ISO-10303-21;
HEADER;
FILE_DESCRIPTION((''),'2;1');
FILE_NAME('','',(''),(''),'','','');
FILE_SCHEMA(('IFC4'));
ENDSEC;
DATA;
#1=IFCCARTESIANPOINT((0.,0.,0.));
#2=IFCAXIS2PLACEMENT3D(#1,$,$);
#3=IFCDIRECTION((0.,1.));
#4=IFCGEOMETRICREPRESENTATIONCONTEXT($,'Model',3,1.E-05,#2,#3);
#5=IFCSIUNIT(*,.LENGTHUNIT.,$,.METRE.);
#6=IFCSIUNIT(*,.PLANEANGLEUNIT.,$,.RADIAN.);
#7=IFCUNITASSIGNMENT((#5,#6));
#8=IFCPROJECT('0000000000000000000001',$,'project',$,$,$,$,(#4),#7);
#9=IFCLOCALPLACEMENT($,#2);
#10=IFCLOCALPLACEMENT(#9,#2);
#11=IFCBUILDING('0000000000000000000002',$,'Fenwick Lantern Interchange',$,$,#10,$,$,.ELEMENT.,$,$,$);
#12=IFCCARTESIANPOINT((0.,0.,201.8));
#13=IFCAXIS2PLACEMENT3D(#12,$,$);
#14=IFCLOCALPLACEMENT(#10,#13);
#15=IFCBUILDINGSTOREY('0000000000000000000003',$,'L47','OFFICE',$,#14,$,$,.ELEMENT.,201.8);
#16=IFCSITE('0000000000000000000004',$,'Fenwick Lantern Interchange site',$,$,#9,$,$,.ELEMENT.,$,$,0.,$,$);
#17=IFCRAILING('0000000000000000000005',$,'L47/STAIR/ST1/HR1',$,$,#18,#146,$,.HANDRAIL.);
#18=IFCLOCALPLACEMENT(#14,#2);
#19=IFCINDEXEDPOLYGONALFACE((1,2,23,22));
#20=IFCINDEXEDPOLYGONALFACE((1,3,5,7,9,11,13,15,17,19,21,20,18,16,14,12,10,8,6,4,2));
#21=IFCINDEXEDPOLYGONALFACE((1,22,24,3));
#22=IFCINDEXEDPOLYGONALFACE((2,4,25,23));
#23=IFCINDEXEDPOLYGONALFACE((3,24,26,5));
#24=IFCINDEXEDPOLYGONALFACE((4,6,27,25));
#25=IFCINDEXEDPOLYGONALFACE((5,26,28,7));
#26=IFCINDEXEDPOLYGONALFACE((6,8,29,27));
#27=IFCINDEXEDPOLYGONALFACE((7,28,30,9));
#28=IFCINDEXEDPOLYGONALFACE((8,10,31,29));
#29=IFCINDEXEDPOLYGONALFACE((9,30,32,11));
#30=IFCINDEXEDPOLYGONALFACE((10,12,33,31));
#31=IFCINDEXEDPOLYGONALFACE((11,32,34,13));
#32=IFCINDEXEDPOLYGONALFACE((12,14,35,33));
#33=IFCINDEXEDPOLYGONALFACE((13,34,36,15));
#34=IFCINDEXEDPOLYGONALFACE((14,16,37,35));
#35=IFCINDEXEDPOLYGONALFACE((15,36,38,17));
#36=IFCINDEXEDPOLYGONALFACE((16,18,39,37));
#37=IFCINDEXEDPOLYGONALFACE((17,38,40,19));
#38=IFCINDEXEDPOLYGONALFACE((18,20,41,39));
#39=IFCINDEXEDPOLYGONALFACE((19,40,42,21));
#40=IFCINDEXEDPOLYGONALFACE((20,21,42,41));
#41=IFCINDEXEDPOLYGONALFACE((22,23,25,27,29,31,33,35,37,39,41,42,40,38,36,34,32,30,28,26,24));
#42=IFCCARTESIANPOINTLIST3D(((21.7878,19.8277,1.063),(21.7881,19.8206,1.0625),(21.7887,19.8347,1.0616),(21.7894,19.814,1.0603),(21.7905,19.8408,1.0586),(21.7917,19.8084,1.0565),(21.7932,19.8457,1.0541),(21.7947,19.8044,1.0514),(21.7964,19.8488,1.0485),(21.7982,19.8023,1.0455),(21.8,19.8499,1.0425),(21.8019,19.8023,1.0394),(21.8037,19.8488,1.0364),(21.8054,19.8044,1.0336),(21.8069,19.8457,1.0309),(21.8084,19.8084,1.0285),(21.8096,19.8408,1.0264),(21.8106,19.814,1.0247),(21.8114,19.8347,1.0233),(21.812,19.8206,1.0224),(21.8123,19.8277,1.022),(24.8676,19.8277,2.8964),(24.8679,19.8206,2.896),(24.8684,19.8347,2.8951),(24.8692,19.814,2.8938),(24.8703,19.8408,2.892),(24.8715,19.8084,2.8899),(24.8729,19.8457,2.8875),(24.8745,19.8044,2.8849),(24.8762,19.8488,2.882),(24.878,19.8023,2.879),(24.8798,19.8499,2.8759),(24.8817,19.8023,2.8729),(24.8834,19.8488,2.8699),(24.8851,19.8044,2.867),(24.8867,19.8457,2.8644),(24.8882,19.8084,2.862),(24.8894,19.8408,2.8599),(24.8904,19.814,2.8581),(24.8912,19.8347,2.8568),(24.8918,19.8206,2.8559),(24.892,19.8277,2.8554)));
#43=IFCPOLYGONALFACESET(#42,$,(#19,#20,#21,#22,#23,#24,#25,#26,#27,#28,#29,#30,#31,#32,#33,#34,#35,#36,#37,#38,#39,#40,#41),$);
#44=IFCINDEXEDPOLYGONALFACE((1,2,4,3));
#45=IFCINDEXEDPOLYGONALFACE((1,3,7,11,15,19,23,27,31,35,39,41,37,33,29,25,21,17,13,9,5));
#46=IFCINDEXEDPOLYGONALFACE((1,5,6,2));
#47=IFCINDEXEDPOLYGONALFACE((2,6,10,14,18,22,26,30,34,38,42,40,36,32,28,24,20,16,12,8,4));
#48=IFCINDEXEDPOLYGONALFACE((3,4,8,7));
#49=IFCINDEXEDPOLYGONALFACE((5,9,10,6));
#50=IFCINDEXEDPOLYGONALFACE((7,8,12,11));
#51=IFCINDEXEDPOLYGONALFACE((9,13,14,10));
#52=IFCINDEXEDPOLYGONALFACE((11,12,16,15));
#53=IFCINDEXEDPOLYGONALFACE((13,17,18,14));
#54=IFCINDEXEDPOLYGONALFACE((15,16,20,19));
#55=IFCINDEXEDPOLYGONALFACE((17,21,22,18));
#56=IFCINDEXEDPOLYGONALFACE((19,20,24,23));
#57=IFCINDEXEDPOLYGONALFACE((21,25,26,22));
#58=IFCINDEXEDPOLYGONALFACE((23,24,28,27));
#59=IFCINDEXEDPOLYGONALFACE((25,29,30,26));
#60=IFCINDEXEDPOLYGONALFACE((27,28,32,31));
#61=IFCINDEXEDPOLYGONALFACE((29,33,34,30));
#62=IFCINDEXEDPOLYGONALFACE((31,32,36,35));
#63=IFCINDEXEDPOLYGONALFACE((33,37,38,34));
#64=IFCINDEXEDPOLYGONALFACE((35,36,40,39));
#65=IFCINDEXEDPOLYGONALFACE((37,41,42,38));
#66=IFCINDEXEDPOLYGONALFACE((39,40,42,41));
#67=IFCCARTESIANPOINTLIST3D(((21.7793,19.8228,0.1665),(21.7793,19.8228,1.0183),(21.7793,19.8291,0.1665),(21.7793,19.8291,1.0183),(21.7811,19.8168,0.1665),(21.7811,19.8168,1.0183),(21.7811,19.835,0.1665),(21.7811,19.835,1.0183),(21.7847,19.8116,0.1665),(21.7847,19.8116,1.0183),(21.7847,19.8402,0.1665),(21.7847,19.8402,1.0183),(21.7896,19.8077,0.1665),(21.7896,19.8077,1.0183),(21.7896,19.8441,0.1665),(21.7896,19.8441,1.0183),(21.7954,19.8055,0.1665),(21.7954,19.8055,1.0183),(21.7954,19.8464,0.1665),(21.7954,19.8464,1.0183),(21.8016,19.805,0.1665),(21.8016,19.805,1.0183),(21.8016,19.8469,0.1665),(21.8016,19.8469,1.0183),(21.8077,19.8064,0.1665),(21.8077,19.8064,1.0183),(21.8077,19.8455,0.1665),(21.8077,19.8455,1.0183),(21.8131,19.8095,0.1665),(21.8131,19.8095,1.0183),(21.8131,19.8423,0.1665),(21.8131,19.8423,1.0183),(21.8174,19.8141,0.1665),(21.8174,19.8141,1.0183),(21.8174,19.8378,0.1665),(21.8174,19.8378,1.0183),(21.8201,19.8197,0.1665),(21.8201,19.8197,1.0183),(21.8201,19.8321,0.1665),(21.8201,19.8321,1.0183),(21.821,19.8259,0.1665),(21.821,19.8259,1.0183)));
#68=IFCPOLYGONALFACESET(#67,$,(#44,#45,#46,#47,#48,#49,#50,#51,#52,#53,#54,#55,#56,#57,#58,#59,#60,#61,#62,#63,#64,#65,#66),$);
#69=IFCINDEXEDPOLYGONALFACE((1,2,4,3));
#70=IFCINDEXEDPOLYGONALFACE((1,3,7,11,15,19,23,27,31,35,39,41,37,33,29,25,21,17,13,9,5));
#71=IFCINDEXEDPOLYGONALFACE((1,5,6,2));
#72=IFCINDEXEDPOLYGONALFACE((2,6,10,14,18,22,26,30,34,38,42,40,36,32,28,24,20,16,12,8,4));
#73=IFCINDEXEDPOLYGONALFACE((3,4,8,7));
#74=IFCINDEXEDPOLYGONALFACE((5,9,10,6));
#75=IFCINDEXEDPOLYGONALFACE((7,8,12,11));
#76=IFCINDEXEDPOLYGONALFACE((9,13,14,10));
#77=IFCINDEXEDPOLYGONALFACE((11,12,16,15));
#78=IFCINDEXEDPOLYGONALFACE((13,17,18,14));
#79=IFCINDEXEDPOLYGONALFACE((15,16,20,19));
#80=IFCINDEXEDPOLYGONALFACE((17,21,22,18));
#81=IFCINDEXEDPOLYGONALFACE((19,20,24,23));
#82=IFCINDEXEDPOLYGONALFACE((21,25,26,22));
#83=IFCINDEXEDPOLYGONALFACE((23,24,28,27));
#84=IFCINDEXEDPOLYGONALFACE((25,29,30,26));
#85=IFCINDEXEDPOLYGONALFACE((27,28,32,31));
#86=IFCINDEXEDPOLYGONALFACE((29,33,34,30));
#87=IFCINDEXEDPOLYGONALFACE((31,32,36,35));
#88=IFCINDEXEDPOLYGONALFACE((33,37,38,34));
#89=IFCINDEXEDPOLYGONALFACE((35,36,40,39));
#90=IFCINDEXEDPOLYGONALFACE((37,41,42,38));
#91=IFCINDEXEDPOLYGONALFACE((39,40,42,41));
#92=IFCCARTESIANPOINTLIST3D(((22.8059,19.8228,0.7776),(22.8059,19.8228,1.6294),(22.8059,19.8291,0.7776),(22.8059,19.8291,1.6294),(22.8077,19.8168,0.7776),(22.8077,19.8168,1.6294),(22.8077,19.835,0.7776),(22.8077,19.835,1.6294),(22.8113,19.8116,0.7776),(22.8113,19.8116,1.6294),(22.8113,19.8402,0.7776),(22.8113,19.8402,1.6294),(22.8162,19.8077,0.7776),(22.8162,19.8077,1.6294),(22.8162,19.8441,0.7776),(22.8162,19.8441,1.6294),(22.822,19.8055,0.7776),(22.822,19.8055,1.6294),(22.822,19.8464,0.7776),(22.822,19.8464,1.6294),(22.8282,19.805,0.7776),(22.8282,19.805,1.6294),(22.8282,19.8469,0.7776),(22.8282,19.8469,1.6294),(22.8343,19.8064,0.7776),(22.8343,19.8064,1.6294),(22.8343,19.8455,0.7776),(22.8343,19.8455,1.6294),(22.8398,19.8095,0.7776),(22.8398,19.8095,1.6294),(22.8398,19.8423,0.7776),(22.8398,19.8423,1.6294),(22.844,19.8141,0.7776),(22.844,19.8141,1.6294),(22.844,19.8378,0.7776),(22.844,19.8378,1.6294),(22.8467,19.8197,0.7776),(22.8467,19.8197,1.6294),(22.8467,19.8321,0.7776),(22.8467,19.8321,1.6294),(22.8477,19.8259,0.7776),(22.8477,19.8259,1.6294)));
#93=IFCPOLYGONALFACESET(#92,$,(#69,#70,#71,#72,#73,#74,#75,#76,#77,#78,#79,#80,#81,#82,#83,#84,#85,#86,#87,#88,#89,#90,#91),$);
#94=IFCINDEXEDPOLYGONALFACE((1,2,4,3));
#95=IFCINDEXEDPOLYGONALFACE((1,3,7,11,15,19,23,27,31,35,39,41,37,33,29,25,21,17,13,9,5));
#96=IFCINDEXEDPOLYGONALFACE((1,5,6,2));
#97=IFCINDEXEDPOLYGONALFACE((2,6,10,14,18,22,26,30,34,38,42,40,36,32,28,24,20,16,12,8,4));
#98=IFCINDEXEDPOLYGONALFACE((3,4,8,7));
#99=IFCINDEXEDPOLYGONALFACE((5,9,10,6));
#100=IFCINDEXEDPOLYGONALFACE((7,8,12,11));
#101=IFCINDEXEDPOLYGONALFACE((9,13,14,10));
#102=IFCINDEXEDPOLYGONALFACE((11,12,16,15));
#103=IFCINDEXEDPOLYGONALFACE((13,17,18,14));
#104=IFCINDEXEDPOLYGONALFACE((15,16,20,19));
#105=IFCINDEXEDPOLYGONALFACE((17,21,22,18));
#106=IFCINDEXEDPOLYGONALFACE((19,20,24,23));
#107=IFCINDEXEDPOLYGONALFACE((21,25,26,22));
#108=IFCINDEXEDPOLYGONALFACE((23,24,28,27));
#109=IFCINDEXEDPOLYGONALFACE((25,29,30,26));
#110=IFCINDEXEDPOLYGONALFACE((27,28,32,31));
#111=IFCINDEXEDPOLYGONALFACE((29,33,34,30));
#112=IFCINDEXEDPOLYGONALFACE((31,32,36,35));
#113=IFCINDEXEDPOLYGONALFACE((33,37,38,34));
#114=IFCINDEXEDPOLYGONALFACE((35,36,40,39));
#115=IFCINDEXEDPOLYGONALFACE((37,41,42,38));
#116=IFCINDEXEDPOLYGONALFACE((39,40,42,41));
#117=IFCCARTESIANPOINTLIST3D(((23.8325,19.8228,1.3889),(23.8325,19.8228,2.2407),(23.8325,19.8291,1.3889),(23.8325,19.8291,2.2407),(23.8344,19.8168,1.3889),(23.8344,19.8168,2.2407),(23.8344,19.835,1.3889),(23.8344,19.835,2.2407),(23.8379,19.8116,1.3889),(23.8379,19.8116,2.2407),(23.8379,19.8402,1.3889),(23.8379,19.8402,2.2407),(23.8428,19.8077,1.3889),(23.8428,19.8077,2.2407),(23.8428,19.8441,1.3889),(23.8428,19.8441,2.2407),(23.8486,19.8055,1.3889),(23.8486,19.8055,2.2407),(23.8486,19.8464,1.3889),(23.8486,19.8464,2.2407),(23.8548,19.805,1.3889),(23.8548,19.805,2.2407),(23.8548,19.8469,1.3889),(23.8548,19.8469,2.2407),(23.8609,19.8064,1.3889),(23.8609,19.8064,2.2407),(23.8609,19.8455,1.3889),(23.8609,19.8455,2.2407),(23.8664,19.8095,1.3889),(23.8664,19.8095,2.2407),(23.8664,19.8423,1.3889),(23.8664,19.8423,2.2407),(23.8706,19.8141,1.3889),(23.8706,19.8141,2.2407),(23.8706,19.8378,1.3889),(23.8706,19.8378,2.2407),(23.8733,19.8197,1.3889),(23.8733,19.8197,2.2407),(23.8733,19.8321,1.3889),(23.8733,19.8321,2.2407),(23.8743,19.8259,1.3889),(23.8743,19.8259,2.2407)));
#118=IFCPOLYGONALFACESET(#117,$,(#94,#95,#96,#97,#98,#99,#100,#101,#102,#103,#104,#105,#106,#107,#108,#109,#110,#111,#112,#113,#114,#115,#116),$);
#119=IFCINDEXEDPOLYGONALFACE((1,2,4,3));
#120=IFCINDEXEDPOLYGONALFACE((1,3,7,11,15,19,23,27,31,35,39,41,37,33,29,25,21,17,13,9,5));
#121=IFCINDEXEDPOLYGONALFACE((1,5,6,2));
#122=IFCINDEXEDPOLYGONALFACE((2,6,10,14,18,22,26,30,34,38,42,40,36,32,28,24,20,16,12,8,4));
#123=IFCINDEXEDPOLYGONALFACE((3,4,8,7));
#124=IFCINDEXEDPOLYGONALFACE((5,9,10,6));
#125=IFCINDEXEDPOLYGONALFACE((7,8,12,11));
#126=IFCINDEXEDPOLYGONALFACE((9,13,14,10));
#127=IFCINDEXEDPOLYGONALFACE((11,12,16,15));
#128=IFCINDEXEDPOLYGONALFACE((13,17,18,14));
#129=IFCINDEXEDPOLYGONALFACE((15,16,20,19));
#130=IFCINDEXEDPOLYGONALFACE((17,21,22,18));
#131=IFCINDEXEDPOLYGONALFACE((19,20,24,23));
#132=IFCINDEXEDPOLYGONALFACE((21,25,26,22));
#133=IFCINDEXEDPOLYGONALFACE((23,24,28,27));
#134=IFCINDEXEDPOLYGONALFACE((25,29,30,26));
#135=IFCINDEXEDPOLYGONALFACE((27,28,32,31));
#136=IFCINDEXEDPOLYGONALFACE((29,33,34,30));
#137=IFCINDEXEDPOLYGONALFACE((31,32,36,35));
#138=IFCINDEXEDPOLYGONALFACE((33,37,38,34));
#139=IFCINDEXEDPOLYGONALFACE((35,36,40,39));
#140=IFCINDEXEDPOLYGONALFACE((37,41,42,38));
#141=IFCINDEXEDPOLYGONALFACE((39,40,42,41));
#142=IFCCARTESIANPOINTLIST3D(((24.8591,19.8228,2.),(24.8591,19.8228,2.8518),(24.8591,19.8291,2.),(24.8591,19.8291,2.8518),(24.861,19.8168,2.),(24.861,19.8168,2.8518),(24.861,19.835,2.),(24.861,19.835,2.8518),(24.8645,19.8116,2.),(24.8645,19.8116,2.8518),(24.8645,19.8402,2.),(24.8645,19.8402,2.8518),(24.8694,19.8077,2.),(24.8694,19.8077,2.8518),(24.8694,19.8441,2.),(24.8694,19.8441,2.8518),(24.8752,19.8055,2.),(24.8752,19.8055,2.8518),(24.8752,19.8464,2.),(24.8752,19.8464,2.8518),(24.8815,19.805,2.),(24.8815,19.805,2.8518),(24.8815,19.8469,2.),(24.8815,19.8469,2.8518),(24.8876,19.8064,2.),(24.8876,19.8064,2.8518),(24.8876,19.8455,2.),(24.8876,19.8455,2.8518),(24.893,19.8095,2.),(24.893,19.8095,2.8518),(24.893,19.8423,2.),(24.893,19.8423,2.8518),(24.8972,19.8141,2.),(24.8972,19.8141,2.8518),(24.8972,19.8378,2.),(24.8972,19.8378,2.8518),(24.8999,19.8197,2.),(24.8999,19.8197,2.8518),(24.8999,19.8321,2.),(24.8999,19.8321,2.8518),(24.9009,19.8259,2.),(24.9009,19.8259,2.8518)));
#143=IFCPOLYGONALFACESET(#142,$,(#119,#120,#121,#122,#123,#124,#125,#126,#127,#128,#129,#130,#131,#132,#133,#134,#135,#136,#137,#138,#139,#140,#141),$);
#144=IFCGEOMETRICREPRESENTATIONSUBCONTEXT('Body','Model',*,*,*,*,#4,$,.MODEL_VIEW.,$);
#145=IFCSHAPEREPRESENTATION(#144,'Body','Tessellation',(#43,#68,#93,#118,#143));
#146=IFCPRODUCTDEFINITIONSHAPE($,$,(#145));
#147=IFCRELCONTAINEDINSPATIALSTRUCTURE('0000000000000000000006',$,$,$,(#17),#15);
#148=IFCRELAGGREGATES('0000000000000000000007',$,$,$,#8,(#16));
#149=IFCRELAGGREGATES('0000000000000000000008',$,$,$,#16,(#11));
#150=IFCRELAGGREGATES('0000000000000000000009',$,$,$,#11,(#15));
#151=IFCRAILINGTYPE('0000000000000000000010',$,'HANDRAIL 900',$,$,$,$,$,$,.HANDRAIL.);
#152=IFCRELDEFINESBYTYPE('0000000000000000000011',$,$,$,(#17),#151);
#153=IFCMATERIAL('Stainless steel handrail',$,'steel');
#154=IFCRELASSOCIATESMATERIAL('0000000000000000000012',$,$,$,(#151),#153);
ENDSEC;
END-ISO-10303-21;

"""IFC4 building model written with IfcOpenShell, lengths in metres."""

from ifc_helpers import new_model, si_unit, direction, frame, origin, origin_2d, place, context, subcontext, project, spatial, circle, extrude, material, type_object, element, save


model = new_model("IFC4")

# Units and contexts
model_context = context("Model", 3, precision=1e-05, world=origin(), true_north=direction((0.0, 1.0)))
body_context = subcontext(model_context, "Body", "Model", "MODEL_VIEW")
ifc_project = project(units=[si_unit("LENGTHUNIT", "METRE"), si_unit("PLANEANGLEUNIT", "RADIAN")], contexts=[model_context])

# Site, building, storey
site_placement = place(None, origin())
site = spatial("IfcSite", under=ifc_project, at=site_placement, Name="Fenwick Lantern Interchange site", CompositionType="ELEMENT", RefElevation=0.0)
building_placement = place(site_placement, origin())
building = spatial("IfcBuilding", under=site, at=building_placement, Name="Fenwick Lantern Interchange", CompositionType="ELEMENT")
storey_placement = place(building_placement, frame((0.0, 0.0, 201.8)))
storey = spatial("IfcBuildingStorey", under=building, at=storey_placement, Name="L47", Description="OFFICE", CompositionType="ELEMENT", Elevation=201.8)

# Railing
ifc_material_1 = material(Name="Stainless steel handrail", Category="steel")
railing_type = type_object("IfcRailingType", Name="HANDRAIL 900", PredefinedType="HANDRAIL", material=ifc_material_1)
railing_1_placement = place(storey_placement, frame((21.8, 19.8259, 0.1665)))
element("IfcRailing", 1, at=railing_1_placement, inside=storey, type_object=railing_type, Name="L47/STAIR/ST1/HR1", PredefinedType="HANDRAIL", context=body_context, shape_type="SweptSolid", body=[
    extrude(circle(Radius=0.0239, at=origin_2d()), frame((0.0, 0.0, 0.876), z_axis=(0.859261, 0.0, 0.511538), x_axis=(0.0, 1.0, 0.0)), (0.0, 0.0, 1.0), 3.5842),
    extrude(circle(Radius=0.021, at=origin_2d()), origin(), (0.0, 0.0, 1.0), 0.8518),
    extrude(circle(Radius=0.021, at=origin_2d()), frame((1.0266, 0.0, 0.6111)), (0.0, 0.0, 1.0), 0.8518),
    extrude(circle(Radius=0.021, at=origin_2d()), frame((2.0532, 0.0, 1.2224)), (0.0, 0.0, 1.0), 0.8518),
    extrude(circle(Radius=0.021, at=origin_2d()), frame((3.0798, 0.0, 1.8335)), (0.0, 0.0, 1.0), 0.8518),
])

save(model, "model.ifc")
